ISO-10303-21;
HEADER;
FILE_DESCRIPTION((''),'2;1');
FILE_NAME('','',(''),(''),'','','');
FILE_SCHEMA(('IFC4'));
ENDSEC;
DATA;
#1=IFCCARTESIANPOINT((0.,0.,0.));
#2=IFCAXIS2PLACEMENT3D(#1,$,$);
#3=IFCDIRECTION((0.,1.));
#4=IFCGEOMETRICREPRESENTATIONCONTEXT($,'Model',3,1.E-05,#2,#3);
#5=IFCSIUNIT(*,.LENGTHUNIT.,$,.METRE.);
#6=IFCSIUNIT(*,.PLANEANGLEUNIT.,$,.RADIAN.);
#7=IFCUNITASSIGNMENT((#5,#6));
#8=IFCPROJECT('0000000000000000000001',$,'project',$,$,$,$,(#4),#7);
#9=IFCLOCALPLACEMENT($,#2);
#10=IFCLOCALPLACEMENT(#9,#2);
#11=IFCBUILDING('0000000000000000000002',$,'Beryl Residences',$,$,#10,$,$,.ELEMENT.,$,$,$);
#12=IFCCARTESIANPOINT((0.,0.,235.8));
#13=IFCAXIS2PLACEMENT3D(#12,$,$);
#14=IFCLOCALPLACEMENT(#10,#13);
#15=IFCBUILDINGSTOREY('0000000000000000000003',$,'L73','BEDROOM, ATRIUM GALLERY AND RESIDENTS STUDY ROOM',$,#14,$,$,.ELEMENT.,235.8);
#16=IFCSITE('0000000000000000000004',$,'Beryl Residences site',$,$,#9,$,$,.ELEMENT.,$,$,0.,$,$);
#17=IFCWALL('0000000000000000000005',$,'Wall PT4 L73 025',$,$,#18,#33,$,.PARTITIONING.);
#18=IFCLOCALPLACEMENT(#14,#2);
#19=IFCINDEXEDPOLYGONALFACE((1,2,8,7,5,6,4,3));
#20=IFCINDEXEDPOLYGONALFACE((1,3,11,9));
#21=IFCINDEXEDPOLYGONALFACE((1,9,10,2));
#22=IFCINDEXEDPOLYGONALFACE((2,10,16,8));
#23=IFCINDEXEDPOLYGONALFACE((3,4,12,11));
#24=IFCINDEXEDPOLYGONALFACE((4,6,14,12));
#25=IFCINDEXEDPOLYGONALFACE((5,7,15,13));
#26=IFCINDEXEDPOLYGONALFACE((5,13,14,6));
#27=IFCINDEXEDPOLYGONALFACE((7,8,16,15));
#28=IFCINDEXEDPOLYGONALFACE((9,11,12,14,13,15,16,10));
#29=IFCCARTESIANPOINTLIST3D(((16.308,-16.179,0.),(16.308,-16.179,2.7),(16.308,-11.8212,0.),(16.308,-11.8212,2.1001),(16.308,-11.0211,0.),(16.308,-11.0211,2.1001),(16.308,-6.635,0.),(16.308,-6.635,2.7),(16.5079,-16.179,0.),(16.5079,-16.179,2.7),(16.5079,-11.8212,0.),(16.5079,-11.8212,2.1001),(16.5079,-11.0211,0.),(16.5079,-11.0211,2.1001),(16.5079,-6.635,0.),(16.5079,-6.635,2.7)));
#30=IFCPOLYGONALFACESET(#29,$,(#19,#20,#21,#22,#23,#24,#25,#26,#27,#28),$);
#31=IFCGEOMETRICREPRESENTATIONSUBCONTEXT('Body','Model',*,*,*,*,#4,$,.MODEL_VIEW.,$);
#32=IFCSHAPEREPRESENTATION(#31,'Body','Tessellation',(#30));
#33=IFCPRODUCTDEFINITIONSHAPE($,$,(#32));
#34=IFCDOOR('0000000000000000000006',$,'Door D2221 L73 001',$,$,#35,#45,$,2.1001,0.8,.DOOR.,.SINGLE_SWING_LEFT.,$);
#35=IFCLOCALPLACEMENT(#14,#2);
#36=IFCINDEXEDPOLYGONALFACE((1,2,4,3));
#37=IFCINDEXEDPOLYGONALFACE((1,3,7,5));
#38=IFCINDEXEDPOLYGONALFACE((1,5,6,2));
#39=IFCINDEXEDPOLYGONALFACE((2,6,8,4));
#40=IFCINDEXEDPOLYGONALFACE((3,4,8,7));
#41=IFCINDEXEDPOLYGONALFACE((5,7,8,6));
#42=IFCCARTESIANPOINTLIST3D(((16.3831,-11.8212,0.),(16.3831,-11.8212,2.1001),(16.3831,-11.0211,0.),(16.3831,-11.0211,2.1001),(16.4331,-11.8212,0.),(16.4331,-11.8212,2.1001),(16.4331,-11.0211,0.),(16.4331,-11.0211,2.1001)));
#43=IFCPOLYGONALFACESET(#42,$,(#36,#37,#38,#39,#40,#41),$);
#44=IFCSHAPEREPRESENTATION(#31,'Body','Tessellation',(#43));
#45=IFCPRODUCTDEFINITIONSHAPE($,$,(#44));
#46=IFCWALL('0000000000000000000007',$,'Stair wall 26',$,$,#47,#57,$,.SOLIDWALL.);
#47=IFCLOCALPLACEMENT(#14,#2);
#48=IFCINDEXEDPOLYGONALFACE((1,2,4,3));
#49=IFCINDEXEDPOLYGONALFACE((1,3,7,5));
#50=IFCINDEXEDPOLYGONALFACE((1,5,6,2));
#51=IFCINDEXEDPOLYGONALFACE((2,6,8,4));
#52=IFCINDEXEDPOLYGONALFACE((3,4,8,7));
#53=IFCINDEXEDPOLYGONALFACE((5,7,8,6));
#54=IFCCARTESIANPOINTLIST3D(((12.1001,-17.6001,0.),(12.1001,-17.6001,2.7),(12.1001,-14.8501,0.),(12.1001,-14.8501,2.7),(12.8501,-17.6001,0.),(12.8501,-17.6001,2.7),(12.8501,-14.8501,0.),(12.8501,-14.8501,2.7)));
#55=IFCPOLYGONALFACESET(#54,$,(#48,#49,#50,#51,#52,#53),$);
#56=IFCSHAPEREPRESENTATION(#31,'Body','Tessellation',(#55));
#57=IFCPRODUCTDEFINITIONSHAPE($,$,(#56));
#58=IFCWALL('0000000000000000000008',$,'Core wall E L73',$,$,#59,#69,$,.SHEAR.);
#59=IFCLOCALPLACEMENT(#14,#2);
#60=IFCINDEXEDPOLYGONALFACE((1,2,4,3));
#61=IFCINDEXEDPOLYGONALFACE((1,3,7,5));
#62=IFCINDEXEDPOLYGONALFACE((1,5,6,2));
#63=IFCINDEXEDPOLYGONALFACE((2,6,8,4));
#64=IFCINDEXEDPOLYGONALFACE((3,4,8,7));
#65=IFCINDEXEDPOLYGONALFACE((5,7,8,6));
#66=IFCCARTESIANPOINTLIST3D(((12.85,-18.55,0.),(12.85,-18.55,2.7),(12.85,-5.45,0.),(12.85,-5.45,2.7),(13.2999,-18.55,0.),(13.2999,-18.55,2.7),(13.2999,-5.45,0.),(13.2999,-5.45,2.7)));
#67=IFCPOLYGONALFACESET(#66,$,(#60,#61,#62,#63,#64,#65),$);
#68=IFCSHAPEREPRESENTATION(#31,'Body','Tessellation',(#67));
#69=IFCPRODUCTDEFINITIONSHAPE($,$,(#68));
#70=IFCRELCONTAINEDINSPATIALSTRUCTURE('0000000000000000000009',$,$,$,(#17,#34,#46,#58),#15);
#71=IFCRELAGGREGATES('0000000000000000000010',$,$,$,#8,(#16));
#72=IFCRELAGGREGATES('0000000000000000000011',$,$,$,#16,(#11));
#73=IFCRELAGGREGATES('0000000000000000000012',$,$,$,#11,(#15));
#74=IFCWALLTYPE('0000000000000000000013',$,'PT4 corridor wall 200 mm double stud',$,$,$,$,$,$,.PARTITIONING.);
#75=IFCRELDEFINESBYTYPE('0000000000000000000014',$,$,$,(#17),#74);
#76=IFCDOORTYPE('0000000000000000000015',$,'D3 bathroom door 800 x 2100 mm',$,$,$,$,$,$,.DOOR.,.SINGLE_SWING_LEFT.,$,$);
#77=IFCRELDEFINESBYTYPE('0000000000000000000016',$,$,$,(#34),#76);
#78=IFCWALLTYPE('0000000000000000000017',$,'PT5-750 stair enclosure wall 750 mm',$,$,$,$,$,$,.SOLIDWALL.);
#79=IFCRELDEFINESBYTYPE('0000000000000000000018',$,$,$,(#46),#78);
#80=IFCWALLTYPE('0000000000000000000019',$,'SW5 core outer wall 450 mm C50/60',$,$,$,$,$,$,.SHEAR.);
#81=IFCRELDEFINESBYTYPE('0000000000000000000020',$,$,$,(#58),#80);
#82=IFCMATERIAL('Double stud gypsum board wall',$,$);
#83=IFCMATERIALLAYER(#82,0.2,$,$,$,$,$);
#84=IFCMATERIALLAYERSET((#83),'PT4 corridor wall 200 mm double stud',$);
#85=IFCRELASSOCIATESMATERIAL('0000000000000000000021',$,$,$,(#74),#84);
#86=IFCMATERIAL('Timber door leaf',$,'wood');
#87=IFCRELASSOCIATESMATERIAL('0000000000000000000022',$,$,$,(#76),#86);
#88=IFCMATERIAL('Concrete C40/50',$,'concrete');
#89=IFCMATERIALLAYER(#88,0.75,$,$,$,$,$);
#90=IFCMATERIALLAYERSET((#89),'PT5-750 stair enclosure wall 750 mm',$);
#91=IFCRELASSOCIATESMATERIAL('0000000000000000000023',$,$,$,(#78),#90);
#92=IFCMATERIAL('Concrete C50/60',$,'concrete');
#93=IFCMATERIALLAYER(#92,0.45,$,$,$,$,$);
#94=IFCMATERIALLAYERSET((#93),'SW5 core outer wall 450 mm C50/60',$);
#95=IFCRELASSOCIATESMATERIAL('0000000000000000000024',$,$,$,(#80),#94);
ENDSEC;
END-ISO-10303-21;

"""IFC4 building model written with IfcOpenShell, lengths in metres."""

from ifc_helpers import new_model, si_unit, direction, frame, frame_2d, origin, place, context, subcontext, project, spatial, rectangle, extrude, material, layer, layer_set, type_object, element, fill, save


model = new_model("IFC4")

# Units and contexts
model_context = context("Model", 3, precision=1e-05, world=origin(), true_north=direction((0.0, 1.0)))
body_context = subcontext(model_context, "Body", "Model", "MODEL_VIEW")
ifc_project = project(units=[si_unit("LENGTHUNIT", "METRE"), si_unit("PLANEANGLEUNIT", "RADIAN")], contexts=[model_context])

# Site, building, storey
site_placement = place(None, origin())
site = spatial("IfcSite", under=ifc_project, at=site_placement, Name="Beryl Residences site", CompositionType="ELEMENT", RefElevation=0.0)
building_placement = place(site_placement, origin())
building = spatial("IfcBuilding", under=site, at=building_placement, Name="Beryl Residences", CompositionType="ELEMENT")
storey_placement = place(building_placement, frame((0.0, 0.0, 235.8)))
storey = spatial("IfcBuildingStorey", under=building, at=storey_placement, Name="L73", Description="BEDROOM, ATRIUM GALLERY AND RESIDENTS STUDY ROOM", CompositionType="ELEMENT", Elevation=235.8)

# Wall, opening, door
ifc_material_1 = material(Name="Double stud gypsum board wall")
ifc_layer_1 = layer(ifc_material_1, 0.2)
ifc_layer_set_1 = layer_set([ifc_layer_1], Name="PT4 corridor wall 200 mm double stud")
wall_type_1 = type_object("IfcWallType", Name="PT4 corridor wall 200 mm double stud", PredefinedType="PARTITIONING", material=ifc_layer_set_1)
wall_1_placement = place(storey_placement, frame((16.408, -16.179, 0.0), z_axis=(0.0, 0.0, 1.0), x_axis=(0.0, 1.0, 0.0)))
wall_1 = element("IfcWall", 1, at=wall_1_placement, inside=storey, type_object=wall_type_1, Name="Wall PT4 L73 025", PredefinedType="PARTITIONING", context=body_context, shape_type="SweptSolid", body=[
    extrude(rectangle(XDim=9.5439, YDim=0.2, at=frame_2d((4.772, 0.0))), origin(), (0.0, 0.0, 1.0), 2.7),
])
opening_1_placement = place(wall_1_placement, frame((4.3579, 0.0, 0.0)))
opening_1 = element("IfcOpeningElement", 2, at=opening_1_placement, cuts=wall_1, PredefinedType="OPENING", context=body_context, shape_type="SweptSolid", body=[
    extrude(rectangle(XDim=0.8, YDim=2.1001, at=frame_2d((0.3999, 1.05))), frame((0.0, 0.1099, 0.0), z_axis=(0.0, -1.0, 0.0), x_axis=(1.0, 0.0, 0.0)), (0.0, 0.0, 1.0), 0.22),
])
ifc_material_2 = material(Name="Timber door leaf", Category="wood")
door_type = type_object("IfcDoorType", Name="D3 bathroom door 800 x 2100 mm", OperationType="SINGLE_SWING_LEFT", PredefinedType="DOOR", material=ifc_material_2)
door_placement = place(opening_1_placement, origin())
door = element("IfcDoor", 3, at=door_placement, inside=storey, type_object=door_type, Name="Door D2221 L73 001", OperationType="SINGLE_SWING_LEFT", OverallHeight=2.1001, OverallWidth=0.8, PredefinedType="DOOR", context=body_context, shape_type="SweptSolid", body=[
    extrude(rectangle(XDim=0.8, YDim=2.1001, at=frame_2d((0.3999, 1.05))), frame((0.0, 0.0249, 0.0), z_axis=(0.0, -1.0, 0.0), x_axis=(1.0, 0.0, 0.0)), (0.0, 0.0, 1.0), 0.05),
])
fill(opening_1, door)

# Walls
ifc_material_3 = material(Name="Concrete C40/50", Category="concrete")
ifc_layer_2 = layer(ifc_material_3, 0.75)
ifc_layer_set_2 = layer_set([ifc_layer_2], Name="PT5-750 stair enclosure wall 750 mm")
wall_type_2 = type_object("IfcWallType", Name="PT5-750 stair enclosure wall 750 mm", PredefinedType="SOLIDWALL", material=ifc_layer_set_2)
wall_2_placement = place(storey_placement, frame((12.4751, -17.6001, 0.0), z_axis=(0.0, 0.0, 1.0), x_axis=(0.0, 1.0, 0.0)))
element("IfcWall", 4, at=wall_2_placement, inside=storey, type_object=wall_type_2, Name="Stair wall 26", PredefinedType="SOLIDWALL", context=body_context, shape_type="SweptSolid", body=[
    extrude(rectangle(XDim=2.75, YDim=0.75, at=frame_2d((1.375, 0.0))), origin(), (0.0, 0.0, 1.0), 2.7),
])
ifc_material_4 = material(Name="Concrete C50/60", Category="concrete")
ifc_layer_3 = layer(ifc_material_4, 0.45)
ifc_layer_set_3 = layer_set([ifc_layer_3], Name="SW5 core outer wall 450 mm C50/60")
wall_type_3 = type_object("IfcWallType", Name="SW5 core outer wall 450 mm C50/60", PredefinedType="SHEAR", material=ifc_layer_set_3)
wall_3_placement = place(storey_placement, frame((13.075, -18.55, 0.0), z_axis=(0.0, 0.0, 1.0), x_axis=(0.0, 1.0, 0.0)))
element("IfcWall", 5, at=wall_3_placement, inside=storey, type_object=wall_type_3, Name="Core wall E L73", PredefinedType="SHEAR", context=body_context, shape_type="SweptSolid", body=[
    extrude(rectangle(XDim=13.1001, YDim=0.45, at=frame_2d((6.55, 0.0))), origin(), (0.0, 0.0, 1.0), 2.7),
])

save(model, "model.ifc")
